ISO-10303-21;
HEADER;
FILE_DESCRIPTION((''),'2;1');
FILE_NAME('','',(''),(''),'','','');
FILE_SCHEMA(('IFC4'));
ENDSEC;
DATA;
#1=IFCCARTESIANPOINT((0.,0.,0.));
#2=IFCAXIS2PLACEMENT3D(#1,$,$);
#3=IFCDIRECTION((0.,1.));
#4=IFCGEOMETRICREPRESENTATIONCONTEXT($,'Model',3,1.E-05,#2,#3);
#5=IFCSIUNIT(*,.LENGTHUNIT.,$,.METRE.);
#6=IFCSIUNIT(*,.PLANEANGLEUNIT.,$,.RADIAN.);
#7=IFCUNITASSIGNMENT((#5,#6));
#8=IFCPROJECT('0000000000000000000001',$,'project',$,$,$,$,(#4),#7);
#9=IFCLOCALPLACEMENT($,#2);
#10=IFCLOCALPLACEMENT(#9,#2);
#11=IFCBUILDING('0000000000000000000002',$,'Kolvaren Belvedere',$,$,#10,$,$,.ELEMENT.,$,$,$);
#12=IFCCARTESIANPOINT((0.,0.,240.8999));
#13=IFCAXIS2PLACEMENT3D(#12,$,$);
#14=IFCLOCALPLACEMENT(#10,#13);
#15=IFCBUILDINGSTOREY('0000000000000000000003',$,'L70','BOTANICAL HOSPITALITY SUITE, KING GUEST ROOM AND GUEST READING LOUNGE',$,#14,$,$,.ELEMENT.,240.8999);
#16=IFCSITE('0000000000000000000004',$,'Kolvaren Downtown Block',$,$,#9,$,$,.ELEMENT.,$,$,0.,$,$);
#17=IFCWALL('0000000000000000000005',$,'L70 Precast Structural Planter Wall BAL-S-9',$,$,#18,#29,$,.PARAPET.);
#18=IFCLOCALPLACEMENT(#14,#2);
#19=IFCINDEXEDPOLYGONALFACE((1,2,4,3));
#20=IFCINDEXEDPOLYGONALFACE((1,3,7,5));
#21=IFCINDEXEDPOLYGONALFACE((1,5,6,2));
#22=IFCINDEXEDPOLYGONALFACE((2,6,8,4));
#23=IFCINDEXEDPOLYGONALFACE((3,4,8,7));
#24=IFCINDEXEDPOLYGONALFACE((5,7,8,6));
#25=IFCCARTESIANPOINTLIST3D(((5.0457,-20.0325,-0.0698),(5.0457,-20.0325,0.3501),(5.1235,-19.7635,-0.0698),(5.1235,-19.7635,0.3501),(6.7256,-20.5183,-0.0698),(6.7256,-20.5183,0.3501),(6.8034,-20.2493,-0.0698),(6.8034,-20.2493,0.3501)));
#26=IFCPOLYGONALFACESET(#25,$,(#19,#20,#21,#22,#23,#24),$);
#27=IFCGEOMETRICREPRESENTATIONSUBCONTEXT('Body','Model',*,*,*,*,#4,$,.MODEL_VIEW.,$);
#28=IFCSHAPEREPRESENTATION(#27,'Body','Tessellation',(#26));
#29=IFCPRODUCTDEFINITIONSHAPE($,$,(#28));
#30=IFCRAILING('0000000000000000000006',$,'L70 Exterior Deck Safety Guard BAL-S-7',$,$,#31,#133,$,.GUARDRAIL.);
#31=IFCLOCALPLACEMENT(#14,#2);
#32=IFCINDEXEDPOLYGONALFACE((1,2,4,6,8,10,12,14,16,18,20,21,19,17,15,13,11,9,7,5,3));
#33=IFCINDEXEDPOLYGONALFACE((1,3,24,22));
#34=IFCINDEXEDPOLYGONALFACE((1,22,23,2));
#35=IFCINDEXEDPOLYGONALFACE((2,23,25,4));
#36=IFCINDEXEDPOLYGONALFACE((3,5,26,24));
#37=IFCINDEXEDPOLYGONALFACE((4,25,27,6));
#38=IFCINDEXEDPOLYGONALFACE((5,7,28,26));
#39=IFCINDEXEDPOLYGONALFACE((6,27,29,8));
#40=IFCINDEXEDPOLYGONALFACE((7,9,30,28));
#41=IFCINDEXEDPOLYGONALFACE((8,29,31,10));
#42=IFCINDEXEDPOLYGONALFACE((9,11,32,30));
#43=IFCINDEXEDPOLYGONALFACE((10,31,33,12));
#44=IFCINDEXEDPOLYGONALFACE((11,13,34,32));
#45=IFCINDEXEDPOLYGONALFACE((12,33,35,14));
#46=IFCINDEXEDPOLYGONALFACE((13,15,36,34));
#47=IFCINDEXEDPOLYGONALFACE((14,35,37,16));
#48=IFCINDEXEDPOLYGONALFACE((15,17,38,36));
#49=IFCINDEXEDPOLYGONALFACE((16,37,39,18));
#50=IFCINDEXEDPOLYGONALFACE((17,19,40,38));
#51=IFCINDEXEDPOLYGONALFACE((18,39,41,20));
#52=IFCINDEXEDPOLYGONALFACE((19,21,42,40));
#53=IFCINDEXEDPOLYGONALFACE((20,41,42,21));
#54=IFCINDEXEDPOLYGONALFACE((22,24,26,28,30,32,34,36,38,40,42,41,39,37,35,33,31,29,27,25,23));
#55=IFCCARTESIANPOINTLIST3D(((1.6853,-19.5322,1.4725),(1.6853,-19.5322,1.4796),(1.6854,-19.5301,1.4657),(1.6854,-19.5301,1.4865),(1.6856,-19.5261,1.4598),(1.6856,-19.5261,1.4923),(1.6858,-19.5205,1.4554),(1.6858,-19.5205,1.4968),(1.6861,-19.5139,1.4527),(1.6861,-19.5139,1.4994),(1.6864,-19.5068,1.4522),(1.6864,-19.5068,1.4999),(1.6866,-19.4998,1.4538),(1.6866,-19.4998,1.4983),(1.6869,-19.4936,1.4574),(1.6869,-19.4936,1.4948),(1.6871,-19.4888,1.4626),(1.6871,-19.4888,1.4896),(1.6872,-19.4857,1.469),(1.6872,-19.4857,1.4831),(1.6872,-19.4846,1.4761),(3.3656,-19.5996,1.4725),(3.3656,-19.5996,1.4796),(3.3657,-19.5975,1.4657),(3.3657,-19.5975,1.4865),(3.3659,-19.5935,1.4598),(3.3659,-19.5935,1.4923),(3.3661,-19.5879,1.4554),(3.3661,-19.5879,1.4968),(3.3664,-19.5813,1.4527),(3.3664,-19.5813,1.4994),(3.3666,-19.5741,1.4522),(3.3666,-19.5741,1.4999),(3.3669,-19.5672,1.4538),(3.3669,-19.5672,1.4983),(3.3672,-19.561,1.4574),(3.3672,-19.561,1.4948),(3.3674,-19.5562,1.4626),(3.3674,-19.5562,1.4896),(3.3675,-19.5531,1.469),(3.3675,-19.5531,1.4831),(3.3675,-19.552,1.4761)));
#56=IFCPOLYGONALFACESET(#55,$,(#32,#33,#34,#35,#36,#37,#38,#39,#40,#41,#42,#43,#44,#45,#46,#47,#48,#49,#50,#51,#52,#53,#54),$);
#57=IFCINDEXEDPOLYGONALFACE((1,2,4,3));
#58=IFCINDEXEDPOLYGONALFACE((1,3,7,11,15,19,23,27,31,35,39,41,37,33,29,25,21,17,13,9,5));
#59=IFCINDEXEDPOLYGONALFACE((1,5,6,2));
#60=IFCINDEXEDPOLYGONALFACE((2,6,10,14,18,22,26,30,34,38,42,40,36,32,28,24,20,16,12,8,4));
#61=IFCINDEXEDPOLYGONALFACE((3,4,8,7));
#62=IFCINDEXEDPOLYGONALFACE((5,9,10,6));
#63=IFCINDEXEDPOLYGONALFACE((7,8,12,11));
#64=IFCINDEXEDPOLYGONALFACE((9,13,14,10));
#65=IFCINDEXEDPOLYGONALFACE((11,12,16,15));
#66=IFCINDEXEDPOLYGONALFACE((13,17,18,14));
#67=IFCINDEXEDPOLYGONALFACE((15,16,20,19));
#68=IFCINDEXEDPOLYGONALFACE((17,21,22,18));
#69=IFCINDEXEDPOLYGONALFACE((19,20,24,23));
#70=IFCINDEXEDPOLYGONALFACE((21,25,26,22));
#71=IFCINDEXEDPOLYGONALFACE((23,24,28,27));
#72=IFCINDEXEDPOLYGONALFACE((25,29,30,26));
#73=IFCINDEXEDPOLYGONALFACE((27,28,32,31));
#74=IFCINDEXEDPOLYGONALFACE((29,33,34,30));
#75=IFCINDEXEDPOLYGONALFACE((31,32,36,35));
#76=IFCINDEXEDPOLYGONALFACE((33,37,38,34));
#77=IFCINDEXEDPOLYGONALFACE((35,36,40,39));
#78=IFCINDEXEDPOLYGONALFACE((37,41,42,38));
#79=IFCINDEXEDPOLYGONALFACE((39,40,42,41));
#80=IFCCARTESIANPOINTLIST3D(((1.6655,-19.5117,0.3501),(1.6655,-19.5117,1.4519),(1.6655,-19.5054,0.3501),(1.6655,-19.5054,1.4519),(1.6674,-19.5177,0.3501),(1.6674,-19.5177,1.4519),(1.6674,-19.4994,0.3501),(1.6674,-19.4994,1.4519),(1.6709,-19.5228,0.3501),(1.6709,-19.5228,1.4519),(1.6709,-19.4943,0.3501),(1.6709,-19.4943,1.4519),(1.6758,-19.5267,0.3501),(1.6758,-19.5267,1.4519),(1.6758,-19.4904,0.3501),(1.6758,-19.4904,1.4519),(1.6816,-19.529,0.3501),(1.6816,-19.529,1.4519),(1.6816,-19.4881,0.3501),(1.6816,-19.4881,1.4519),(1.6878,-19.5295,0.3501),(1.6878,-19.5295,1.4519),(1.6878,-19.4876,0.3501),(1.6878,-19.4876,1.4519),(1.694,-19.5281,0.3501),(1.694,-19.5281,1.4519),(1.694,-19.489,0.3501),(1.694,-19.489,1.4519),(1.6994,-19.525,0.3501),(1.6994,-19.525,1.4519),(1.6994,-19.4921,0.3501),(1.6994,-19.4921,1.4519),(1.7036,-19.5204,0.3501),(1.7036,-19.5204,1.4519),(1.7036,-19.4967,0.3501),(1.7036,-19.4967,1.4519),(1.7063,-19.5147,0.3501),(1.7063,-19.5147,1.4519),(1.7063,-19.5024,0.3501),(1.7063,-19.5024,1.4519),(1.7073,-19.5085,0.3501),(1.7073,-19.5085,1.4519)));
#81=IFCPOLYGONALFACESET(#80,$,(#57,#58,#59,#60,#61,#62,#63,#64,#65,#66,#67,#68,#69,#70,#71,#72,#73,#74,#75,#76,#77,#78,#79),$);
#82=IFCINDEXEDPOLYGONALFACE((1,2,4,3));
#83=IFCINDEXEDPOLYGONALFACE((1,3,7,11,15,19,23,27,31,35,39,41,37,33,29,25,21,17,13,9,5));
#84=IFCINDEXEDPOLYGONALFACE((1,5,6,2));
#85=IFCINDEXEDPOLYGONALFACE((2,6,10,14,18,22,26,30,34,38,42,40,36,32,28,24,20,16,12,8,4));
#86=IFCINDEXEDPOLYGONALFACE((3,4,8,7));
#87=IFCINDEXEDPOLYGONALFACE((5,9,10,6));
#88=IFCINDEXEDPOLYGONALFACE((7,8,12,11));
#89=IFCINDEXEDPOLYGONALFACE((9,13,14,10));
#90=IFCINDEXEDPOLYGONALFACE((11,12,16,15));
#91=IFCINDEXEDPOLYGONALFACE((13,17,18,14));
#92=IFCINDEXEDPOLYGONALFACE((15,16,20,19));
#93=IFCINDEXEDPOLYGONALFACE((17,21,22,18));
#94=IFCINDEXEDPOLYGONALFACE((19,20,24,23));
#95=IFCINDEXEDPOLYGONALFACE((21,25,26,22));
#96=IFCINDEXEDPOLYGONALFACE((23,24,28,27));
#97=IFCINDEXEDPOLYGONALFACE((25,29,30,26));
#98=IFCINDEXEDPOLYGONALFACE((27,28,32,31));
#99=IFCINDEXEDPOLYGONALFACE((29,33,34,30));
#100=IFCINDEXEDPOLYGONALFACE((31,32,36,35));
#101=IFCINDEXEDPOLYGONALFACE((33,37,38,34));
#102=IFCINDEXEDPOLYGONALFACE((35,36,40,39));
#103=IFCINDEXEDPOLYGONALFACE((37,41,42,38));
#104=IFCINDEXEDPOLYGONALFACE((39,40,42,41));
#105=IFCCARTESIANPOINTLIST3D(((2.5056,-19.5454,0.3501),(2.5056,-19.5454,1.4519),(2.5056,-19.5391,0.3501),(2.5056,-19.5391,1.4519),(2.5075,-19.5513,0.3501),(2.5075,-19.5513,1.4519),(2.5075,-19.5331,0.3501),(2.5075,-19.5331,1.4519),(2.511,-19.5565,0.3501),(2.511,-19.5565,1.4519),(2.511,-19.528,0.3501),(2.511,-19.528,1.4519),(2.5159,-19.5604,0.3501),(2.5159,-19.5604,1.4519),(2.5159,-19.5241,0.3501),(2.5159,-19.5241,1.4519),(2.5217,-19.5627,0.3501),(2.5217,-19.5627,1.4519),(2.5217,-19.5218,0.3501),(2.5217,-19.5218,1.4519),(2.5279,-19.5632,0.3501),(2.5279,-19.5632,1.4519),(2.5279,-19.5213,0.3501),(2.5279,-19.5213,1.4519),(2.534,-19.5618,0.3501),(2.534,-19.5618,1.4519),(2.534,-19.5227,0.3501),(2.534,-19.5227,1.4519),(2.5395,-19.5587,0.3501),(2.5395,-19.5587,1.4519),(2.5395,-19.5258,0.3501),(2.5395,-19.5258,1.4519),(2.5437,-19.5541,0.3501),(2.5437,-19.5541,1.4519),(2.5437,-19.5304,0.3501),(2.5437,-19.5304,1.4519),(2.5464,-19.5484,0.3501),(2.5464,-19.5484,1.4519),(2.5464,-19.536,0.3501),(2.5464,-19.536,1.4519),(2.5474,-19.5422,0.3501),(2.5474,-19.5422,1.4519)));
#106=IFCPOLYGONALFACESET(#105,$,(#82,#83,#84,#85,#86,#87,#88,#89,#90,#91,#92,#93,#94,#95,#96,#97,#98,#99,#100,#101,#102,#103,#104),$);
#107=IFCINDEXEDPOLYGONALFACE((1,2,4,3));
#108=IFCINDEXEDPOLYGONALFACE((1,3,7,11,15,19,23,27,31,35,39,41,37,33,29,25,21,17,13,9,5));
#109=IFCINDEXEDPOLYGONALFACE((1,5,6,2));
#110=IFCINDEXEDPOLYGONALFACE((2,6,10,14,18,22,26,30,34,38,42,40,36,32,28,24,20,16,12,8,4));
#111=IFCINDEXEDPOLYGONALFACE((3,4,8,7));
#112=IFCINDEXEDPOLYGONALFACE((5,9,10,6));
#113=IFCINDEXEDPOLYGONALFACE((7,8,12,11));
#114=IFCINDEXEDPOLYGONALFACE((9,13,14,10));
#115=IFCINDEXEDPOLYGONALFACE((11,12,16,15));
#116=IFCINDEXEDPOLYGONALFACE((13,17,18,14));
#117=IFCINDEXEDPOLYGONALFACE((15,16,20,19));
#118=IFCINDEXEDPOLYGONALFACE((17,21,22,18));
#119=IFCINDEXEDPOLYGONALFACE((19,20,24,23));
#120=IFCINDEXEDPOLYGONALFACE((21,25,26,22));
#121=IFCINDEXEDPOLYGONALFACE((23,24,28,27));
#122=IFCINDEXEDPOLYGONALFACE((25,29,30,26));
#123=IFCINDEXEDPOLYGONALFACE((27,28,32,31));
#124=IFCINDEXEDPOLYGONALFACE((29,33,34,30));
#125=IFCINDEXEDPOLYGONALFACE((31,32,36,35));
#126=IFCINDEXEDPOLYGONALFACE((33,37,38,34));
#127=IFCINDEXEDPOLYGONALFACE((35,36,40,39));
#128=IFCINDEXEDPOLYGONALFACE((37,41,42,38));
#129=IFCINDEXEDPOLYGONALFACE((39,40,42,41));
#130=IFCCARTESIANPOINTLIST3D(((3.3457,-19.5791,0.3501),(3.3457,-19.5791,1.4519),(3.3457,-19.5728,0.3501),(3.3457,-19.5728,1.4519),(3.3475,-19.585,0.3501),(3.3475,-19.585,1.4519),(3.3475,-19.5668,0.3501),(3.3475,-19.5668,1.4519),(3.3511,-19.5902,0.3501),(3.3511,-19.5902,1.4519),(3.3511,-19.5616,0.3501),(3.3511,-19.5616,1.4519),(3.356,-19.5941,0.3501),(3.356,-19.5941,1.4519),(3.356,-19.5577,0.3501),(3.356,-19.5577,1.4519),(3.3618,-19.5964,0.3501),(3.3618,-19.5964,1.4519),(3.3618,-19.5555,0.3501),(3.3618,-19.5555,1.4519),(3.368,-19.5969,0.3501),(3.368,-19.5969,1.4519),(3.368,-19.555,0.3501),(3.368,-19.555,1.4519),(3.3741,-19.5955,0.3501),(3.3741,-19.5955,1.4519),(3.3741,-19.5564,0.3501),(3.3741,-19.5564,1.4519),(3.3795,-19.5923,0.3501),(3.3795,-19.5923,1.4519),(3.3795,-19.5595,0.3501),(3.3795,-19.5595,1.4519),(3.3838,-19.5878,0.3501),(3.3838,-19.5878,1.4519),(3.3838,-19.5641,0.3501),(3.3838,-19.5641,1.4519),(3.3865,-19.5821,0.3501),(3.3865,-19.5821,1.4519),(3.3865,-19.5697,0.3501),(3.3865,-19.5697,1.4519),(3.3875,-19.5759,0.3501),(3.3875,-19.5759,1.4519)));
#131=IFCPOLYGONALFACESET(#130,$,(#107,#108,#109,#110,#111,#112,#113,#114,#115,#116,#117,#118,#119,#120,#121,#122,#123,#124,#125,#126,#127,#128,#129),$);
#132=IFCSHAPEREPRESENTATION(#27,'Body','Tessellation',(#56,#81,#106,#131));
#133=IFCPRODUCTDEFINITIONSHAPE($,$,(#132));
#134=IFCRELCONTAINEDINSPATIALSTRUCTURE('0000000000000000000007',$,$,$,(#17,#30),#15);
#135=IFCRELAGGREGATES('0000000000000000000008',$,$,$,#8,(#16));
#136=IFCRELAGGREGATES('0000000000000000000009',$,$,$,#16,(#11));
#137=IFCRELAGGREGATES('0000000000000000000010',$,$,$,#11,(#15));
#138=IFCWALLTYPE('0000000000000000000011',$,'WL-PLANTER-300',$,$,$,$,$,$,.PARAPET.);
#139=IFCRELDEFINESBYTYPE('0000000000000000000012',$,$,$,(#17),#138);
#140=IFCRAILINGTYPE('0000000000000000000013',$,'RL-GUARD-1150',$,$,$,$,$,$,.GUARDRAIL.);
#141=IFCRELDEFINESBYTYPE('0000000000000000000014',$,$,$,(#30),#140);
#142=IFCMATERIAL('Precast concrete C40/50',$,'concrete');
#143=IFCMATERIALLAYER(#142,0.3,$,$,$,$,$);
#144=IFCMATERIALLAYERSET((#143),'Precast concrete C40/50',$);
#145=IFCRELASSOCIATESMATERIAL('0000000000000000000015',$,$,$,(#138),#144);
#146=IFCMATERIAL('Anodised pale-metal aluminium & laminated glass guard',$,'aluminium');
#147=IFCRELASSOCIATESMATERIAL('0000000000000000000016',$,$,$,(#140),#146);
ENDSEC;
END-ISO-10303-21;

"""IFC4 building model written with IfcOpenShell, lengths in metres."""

from ifc_helpers import new_model, si_unit, direction, frame, frame_2d, origin, origin_2d, place, context, subcontext, project, spatial, rectangle, circle, extrude, material, layer, layer_set, type_object, element, save


model = new_model("IFC4")

# Units and contexts
model_context = context("Model", 3, precision=1e-05, world=origin(), true_north=direction((0.0, 1.0)))
body_context = subcontext(model_context, "Body", "Model", "MODEL_VIEW")
ifc_project = project(units=[si_unit("LENGTHUNIT", "METRE"), si_unit("PLANEANGLEUNIT", "RADIAN")], contexts=[model_context])

# Site, building, storey
site_placement = place(None, origin())
site = spatial("IfcSite", under=ifc_project, at=site_placement, Name="Kolvaren Downtown Block", CompositionType="ELEMENT", RefElevation=0.0)
building_placement = place(site_placement, origin())
building = spatial("IfcBuilding", under=site, at=building_placement, Name="Kolvaren Belvedere", CompositionType="ELEMENT")
storey_placement = place(building_placement, frame((0.0, 0.0, 240.8999)))
storey = spatial("IfcBuildingStorey", under=building, at=storey_placement, Name="L70", Description="BOTANICAL HOSPITALITY SUITE, KING GUEST ROOM AND GUEST READING LOUNGE", CompositionType="ELEMENT", Elevation=240.8999)

# Wall
ifc_material_1 = material(Name="Precast concrete C40/50", Category="concrete")
ifc_layer_1 = layer(ifc_material_1, 0.3)
ifc_layer_set_1 = layer_set([ifc_layer_1], Name="Precast concrete C40/50")
wall_type_1 = type_object("IfcWallType", Name="WL-PLANTER-300", PredefinedType="PARAPET", material=ifc_layer_set_1)
wall_1_placement = place(storey_placement, frame((5.0845, -19.8979, -0.0698), z_axis=(0.0, 0.0, 1.0), x_axis=(0.960634, -0.277817, 0.0)))
element("IfcWall", 1, at=wall_1_placement, inside=storey, type_object=wall_type_1, Name="L70 Precast Structural Planter Wall BAL-S-9", PredefinedType="PARAPET", context=body_context, shape_type="SweptSolid", body=[
    extrude(rectangle(XDim=1.7488, YDim=0.28, at=frame_2d((0.8745, 0.0))), origin(), (0.0, 0.0, 1.0), 0.4199),
])

# Railing
ifc_material_2 = material(Name="Anodised pale-metal aluminium & laminated glass guard", Category="aluminium")
railing_type = type_object("IfcRailingType", Name="RL-GUARD-1150", PredefinedType="GUARDRAIL", material=ifc_material_2)
railing_1_placement = place(storey_placement, frame((1.6863, -19.5085, 0.3501)))
element("IfcRailing", 2, at=railing_1_placement, inside=storey, type_object=railing_type, Name="L70 Exterior Deck Safety Guard BAL-S-7", PredefinedType="GUARDRAIL", context=body_context, shape_type="SweptSolid", body=[
    extrude(circle(Radius=0.0239, at=origin_2d()), frame((0.0, 0.0, 1.126), z_axis=(0.999197, -0.040072, 0.0), x_axis=(0.040072, 0.999197, 0.0)), (0.0, 0.0, 1.0), 1.6816),
    extrude(circle(Radius=0.021, at=origin_2d()), origin(), (0.0, 0.0, 1.0), 1.1018),
    extrude(circle(Radius=0.021, at=origin_2d()), frame((0.8401, -0.0337, 0.0)), (0.0, 0.0, 1.0), 1.1018),
    extrude(circle(Radius=0.021, at=origin_2d()), frame((1.6802, -0.0674, 0.0)), (0.0, 0.0, 1.0), 1.1018),
])

save(model, "model.ifc")
